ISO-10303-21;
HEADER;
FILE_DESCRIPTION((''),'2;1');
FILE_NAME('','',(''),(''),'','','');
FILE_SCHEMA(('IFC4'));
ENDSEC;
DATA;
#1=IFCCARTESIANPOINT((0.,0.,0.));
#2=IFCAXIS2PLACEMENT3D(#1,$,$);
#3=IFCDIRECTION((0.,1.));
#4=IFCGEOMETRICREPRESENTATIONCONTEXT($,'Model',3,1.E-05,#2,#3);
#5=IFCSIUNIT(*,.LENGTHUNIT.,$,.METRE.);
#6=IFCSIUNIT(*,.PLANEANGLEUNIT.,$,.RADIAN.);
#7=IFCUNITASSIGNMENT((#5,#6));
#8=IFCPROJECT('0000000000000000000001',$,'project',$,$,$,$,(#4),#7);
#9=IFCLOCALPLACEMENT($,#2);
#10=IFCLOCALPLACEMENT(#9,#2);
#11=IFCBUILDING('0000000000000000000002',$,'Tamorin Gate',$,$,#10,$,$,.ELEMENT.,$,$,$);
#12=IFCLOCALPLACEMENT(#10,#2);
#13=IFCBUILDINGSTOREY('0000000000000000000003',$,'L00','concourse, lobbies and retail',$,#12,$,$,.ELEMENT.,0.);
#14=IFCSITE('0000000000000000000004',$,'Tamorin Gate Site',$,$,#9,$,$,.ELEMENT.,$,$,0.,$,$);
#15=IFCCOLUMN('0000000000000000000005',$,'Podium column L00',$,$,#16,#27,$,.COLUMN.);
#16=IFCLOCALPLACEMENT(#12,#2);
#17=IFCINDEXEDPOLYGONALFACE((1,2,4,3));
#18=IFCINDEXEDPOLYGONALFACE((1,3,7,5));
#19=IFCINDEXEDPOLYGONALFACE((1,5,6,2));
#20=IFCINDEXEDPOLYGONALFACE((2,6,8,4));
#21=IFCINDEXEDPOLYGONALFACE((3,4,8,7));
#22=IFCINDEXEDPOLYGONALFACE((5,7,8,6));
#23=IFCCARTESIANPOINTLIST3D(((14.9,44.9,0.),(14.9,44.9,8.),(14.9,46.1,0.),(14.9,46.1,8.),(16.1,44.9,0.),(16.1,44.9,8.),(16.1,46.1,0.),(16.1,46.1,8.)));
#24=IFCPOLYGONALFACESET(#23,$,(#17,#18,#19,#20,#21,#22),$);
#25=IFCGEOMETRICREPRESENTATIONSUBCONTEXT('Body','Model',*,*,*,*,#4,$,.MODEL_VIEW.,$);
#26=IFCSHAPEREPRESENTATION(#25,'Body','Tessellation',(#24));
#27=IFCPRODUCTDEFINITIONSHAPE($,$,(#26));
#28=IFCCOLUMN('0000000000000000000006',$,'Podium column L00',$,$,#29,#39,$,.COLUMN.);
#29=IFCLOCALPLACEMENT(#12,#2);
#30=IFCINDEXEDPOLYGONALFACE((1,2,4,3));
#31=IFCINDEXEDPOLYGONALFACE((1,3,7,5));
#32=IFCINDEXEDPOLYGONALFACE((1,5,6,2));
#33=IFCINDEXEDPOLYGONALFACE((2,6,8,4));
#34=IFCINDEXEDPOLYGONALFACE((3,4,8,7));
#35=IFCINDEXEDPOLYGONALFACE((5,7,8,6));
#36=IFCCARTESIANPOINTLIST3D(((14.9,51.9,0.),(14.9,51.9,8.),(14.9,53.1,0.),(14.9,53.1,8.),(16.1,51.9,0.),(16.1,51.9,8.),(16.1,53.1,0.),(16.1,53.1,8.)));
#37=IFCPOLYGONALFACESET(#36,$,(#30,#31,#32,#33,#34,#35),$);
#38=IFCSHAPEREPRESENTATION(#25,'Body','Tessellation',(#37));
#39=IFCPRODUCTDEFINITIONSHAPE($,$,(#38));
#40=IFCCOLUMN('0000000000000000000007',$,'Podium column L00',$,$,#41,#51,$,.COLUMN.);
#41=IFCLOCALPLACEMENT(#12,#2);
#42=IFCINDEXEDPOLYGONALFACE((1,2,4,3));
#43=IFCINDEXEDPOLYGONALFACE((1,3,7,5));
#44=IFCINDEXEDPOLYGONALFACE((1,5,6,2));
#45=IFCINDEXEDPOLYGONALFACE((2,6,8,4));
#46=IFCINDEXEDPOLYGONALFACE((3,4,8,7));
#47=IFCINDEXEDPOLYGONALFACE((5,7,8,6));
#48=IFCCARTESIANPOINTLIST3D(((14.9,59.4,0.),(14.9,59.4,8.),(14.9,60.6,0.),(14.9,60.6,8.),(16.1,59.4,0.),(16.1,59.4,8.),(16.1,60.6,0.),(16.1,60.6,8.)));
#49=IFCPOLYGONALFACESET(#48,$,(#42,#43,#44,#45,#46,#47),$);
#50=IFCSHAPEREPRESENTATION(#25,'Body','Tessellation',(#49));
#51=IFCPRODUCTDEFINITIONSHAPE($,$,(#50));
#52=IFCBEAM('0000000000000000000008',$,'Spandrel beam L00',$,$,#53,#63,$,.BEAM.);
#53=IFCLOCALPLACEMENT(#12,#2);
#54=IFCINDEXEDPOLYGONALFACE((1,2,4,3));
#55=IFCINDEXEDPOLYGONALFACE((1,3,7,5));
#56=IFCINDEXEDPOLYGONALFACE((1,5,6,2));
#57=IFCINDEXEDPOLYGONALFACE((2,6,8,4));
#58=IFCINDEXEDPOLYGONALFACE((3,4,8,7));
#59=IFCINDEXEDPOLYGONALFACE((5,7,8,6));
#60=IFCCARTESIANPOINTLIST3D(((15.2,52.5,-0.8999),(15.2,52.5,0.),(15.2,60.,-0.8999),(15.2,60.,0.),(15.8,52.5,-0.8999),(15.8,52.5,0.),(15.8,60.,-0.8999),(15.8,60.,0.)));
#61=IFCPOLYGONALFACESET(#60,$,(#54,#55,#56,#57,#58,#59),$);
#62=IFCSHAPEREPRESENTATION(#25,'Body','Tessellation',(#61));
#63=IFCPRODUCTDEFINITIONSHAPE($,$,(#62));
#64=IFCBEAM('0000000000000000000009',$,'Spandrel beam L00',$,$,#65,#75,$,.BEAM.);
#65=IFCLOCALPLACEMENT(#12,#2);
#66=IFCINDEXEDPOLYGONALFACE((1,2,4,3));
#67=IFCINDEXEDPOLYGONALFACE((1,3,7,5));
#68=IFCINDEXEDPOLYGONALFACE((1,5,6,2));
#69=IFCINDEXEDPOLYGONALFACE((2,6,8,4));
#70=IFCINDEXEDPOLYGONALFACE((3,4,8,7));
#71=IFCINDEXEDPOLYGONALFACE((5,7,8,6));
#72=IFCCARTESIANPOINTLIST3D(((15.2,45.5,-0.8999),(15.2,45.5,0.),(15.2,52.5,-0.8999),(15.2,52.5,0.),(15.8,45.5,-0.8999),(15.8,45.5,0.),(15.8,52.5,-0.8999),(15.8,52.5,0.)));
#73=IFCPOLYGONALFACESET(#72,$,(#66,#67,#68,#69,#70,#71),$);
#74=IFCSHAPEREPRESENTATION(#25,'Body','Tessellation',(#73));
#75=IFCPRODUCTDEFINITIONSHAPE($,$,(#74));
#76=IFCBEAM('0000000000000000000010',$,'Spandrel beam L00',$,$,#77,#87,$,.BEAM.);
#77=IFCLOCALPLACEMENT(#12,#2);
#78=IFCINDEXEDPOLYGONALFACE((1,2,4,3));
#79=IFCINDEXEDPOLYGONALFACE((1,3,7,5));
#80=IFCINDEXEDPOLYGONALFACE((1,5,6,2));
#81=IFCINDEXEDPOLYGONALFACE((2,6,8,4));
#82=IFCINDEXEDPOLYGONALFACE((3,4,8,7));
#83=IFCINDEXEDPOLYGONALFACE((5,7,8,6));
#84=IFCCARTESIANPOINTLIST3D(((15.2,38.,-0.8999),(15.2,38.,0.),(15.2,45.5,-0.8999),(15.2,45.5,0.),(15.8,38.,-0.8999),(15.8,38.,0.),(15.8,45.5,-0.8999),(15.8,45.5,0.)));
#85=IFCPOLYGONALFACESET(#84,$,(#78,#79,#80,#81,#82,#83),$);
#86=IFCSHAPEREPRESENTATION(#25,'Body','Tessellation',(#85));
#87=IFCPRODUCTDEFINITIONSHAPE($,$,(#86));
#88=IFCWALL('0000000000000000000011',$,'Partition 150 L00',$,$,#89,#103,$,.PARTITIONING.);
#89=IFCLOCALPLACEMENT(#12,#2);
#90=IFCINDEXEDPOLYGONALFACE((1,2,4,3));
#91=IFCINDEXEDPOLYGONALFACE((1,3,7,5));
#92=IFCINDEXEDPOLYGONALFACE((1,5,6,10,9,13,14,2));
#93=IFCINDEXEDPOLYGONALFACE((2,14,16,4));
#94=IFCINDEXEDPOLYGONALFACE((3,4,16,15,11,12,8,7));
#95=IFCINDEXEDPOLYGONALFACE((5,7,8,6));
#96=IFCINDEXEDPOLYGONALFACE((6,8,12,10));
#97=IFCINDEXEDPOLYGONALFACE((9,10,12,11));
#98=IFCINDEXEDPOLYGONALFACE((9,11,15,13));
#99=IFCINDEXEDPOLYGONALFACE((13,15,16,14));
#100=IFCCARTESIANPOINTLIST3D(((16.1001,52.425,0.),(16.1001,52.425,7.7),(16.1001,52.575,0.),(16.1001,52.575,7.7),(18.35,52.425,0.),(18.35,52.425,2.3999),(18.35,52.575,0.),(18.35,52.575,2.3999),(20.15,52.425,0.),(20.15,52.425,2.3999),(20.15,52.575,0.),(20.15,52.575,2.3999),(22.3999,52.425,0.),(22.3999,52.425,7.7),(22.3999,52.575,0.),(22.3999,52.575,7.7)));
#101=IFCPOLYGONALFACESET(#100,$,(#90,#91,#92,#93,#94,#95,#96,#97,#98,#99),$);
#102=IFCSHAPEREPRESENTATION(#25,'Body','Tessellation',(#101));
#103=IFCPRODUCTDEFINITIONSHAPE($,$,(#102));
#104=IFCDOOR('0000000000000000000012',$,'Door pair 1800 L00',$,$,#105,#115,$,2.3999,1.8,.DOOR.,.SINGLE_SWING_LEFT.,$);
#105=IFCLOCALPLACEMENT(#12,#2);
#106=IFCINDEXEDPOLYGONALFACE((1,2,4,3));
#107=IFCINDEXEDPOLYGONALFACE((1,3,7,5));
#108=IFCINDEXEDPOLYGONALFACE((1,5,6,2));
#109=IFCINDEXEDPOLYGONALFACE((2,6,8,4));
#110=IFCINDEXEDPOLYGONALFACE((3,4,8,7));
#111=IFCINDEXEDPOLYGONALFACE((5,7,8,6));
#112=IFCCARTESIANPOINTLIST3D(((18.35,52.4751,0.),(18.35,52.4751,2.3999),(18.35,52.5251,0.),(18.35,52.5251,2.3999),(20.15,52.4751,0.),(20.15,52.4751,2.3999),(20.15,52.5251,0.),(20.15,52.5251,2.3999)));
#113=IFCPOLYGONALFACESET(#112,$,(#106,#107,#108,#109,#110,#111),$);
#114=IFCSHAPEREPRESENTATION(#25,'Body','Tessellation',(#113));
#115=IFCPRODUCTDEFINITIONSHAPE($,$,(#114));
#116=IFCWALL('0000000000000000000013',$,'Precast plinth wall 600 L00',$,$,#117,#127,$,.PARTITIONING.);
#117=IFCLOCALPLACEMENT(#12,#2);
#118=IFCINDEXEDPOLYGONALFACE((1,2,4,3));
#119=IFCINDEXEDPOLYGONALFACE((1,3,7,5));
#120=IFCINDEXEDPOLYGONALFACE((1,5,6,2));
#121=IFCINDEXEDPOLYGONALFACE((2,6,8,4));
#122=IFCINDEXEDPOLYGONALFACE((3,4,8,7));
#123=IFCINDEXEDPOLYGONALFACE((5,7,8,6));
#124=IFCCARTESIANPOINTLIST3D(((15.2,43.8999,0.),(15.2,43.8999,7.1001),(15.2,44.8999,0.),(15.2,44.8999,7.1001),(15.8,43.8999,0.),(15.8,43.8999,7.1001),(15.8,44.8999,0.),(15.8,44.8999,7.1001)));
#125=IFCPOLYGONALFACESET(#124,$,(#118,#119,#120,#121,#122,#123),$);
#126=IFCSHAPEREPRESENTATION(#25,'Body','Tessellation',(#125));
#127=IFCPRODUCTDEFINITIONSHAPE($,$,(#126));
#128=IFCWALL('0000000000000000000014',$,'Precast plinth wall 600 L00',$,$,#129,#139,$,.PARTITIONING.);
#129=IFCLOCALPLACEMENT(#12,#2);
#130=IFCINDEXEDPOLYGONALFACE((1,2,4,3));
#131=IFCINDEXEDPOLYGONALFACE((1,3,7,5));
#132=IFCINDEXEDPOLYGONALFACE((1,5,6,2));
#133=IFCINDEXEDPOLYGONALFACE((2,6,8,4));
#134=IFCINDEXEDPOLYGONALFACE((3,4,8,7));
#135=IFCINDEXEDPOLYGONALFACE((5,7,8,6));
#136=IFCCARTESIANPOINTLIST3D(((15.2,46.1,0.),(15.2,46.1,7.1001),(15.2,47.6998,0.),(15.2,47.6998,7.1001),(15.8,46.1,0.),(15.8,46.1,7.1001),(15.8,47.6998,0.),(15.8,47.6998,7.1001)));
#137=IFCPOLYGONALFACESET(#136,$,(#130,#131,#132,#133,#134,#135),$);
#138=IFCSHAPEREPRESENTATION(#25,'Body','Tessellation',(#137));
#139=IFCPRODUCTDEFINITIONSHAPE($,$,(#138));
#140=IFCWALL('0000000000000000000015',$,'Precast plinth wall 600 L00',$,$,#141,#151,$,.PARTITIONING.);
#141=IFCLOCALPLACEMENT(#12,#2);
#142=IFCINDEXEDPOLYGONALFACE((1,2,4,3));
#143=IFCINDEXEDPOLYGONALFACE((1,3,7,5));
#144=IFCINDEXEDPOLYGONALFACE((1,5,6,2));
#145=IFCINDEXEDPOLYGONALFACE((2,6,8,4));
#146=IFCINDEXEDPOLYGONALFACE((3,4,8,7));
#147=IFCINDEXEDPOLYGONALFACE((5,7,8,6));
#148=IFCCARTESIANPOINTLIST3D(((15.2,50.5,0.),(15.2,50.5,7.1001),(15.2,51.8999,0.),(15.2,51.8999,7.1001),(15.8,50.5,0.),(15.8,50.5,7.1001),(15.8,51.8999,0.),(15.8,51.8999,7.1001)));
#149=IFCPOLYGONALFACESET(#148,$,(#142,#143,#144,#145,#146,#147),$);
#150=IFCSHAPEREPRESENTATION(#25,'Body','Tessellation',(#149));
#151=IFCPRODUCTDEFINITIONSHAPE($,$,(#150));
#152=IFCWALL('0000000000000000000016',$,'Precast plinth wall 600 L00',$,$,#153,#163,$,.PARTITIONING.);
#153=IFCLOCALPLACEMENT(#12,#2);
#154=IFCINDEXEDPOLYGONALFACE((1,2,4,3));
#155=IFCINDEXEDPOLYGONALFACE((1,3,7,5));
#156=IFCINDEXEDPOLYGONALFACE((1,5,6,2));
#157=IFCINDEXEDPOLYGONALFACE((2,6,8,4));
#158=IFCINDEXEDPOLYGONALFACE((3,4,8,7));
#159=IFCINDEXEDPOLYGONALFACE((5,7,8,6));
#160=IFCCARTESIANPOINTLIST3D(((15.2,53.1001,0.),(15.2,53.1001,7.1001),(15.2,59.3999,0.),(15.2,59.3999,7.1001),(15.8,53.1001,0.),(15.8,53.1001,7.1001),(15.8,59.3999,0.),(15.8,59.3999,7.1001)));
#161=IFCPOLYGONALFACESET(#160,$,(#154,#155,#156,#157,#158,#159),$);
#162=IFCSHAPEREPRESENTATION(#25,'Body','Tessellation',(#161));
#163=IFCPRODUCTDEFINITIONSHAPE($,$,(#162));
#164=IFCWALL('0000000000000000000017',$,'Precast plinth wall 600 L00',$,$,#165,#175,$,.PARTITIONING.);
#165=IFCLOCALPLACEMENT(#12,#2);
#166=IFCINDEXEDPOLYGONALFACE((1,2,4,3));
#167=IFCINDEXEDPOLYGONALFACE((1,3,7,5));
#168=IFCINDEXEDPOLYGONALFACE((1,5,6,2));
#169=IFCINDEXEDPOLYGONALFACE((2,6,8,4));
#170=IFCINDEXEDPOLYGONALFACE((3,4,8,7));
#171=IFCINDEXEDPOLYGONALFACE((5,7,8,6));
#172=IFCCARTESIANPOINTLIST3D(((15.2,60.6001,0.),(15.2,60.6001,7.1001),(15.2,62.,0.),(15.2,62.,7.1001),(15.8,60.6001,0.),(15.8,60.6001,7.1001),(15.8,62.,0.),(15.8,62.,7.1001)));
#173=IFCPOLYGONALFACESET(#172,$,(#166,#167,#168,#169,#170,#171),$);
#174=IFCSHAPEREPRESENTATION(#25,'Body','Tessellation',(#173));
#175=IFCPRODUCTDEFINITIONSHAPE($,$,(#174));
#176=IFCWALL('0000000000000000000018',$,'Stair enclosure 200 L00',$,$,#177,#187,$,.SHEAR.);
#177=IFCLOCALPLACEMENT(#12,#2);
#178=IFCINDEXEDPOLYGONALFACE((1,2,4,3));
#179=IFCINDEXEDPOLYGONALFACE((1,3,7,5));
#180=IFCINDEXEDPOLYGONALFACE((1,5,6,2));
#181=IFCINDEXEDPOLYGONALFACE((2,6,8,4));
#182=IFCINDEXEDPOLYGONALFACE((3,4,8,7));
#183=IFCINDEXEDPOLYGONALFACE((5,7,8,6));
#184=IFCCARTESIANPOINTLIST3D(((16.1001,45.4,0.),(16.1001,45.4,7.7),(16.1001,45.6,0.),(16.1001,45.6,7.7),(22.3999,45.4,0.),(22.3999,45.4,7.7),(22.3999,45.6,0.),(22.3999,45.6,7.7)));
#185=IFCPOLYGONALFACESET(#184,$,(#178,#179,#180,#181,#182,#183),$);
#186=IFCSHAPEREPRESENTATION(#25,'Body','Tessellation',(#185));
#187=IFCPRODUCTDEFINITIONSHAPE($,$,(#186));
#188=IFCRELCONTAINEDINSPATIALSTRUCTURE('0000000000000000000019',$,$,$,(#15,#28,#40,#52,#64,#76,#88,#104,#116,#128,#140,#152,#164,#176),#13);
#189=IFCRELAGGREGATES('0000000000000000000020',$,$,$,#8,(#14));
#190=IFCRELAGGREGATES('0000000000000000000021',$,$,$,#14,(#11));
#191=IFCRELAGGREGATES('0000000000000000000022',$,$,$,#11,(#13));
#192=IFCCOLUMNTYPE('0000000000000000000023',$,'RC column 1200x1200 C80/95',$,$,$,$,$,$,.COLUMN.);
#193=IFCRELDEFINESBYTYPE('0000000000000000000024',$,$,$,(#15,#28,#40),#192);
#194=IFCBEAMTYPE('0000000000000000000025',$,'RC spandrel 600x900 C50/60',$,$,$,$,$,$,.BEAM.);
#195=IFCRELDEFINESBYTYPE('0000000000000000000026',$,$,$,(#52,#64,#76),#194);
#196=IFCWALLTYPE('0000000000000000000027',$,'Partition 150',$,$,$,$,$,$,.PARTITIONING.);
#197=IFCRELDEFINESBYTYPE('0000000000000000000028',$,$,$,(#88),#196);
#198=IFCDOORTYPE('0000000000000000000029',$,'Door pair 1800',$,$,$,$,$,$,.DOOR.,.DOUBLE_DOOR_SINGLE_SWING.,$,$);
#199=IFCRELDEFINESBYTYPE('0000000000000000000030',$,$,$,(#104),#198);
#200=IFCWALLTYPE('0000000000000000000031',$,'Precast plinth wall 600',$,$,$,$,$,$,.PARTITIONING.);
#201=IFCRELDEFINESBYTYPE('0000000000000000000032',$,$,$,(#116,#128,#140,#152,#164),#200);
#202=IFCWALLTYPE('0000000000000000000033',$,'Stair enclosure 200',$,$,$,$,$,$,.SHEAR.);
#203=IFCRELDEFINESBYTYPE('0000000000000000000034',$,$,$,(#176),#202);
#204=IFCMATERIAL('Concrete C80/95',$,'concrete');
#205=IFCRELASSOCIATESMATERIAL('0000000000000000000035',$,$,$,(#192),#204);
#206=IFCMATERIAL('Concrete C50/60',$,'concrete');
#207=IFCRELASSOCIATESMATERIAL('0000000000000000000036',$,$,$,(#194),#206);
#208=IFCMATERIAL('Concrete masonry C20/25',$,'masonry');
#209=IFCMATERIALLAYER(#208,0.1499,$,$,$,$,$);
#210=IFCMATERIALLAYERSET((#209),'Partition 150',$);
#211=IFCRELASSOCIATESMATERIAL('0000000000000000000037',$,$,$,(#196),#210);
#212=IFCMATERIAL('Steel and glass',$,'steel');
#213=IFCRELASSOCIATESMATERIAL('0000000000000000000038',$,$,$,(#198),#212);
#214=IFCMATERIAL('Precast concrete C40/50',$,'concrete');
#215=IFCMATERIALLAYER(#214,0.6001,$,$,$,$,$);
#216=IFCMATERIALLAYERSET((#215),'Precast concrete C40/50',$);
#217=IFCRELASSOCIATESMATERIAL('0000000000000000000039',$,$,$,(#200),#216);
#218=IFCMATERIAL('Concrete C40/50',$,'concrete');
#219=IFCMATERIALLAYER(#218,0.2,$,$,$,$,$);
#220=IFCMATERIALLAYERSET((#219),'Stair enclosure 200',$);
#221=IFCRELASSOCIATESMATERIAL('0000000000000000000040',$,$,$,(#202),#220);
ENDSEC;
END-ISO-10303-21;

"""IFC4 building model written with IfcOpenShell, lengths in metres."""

from ifc_helpers import new_model, si_unit, direction, frame, frame_2d, origin, origin_2d, place, context, subcontext, project, spatial, rectangle, extrude, material, layer, layer_set, material_profile, profile_set, type_object, element, fill, save


model = new_model("IFC4")

# Units and contexts
model_context = context("Model", 3, precision=1e-05, world=origin(), true_north=direction((0.0, 1.0)))
body_context = subcontext(model_context, "Body", "Model", "MODEL_VIEW")
ifc_project = project(units=[si_unit("LENGTHUNIT", "METRE"), si_unit("PLANEANGLEUNIT", "RADIAN")], contexts=[model_context])

# Site, building, storey
site_placement = place(None, origin())
site = spatial("IfcSite", under=ifc_project, at=site_placement, Name="Tamorin Gate Site", CompositionType="ELEMENT", RefElevation=0.0)
building_placement = place(site_placement, origin())
building = spatial("IfcBuilding", under=site, at=building_placement, Name="Tamorin Gate", CompositionType="ELEMENT")
storey_placement = place(building_placement, origin())
storey = spatial("IfcBuildingStorey", under=building, at=storey_placement, Name="L00", Description="concourse, lobbies and retail", CompositionType="ELEMENT", Elevation=0.0)

# Columns
ifc_material_1 = material(Name="Concrete C80/95", Category="concrete")
ifc_material_profile_1 = material_profile(ifc_material_1, rectangle(XDim=1.2, YDim=1.2, at=origin_2d()), Name="RC 1200x1200")
ifc_profile_set_1 = profile_set([ifc_material_profile_1], Name="Concrete C80/95")
column_type = type_object("IfcColumnType", Name="RC column 1200x1200 C80/95", PredefinedType="COLUMN", material=ifc_profile_set_1)
for number, where, z_axis, x_axis, name in (
    (1, (15.5, 45.5, 0.0), (0.0, 0.0, 1.0), (1.0, 0.0, 0.0), "Podium column L00"),
    (2, (15.5, 52.5, 0.0), (0.0, 0.0, 1.0), (1.0, 0.0, 0.0), "Podium column L00"),
    (3, (15.5, 60.0, 0.0), (0.0, 0.0, 1.0), (1.0, 0.0, 0.0), "Podium column L00"),
):
    element("IfcColumn", number, at=place(storey_placement, frame(where, z_axis=z_axis, x_axis=x_axis)), inside=storey, type_object=column_type, Name=name, PredefinedType="COLUMN", context=body_context, shape_type="SweptSolid", body=[
        extrude(rectangle(XDim=1.2, YDim=1.2, at=origin_2d()), origin(), (0.0, 0.0, 1.0), 8.0),
    ])

# Beams
ifc_material_2 = material(Name="Concrete C50/60", Category="concrete")
ifc_material_profile_2 = material_profile(ifc_material_2, rectangle(XDim=0.6001, YDim=0.8999, at=origin_2d()), Name="RC 600x900")
ifc_profile_set_2 = profile_set([ifc_material_profile_2], Name="Concrete C50/60")
beam_type = type_object("IfcBeamType", Name="RC spandrel 600x900 C50/60", PredefinedType="BEAM", material=ifc_profile_set_2)
beam_1_placement = place(storey_placement, frame((15.5, 60.0, -0.45), z_axis=(0.0, -1.0, 0.0), x_axis=(1.0, 0.0, 0.0)))
element("IfcBeam", 4, at=beam_1_placement, inside=storey, type_object=beam_type, Name="Spandrel beam L00", PredefinedType="BEAM", context=body_context, shape_type="SweptSolid", body=[
    extrude(rectangle(XDim=0.6001, YDim=0.8999, at=origin_2d()), origin(), (0.0, 0.0, 1.0), 7.5),
])
beam_2_placement = place(storey_placement, frame((15.5, 52.5, -0.45), z_axis=(0.0, -1.0, 0.0), x_axis=(1.0, 0.0, 0.0)))
element("IfcBeam", 5, at=beam_2_placement, inside=storey, type_object=beam_type, Name="Spandrel beam L00", PredefinedType="BEAM", context=body_context, shape_type="SweptSolid", body=[
    extrude(rectangle(XDim=0.6001, YDim=0.8999, at=origin_2d()), origin(), (0.0, 0.0, 1.0), 7.0),
])
beam_3_placement = place(storey_placement, frame((15.5, 45.5, -0.45), z_axis=(0.0, -1.0, 0.0), x_axis=(1.0, 0.0, 0.0)))
element("IfcBeam", 6, at=beam_3_placement, inside=storey, type_object=beam_type, Name="Spandrel beam L00", PredefinedType="BEAM", context=body_context, shape_type="SweptSolid", body=[
    extrude(rectangle(XDim=0.6001, YDim=0.8999, at=origin_2d()), origin(), (0.0, 0.0, 1.0), 7.5),
])

# Wall, opening, door
ifc_material_3 = material(Name="Concrete masonry C20/25", Category="masonry")
ifc_layer_1 = layer(ifc_material_3, 0.1499)
ifc_layer_set_1 = layer_set([ifc_layer_1], Name="Partition 150")
wall_type_1 = type_object("IfcWallType", Name="Partition 150", PredefinedType="PARTITIONING", material=ifc_layer_set_1)
wall_1_placement = place(storey_placement, frame((22.3999, 52.5, 0.0), z_axis=(0.0, 0.0, 1.0), x_axis=(-1.0, 0.0, 0.0)))
wall_1 = element("IfcWall", 7, at=wall_1_placement, inside=storey, type_object=wall_type_1, Name="Partition 150 L00", PredefinedType="PARTITIONING", context=body_context, shape_type="SweptSolid", body=[
    extrude(rectangle(XDim=6.2998, YDim=0.1499, at=frame_2d((3.1499, 0.0))), origin(), (0.0, 0.0, 1.0), 7.7),
])
opening_1_placement = place(wall_1_placement, frame((2.25, 0.0, 0.0)))
opening_1 = element("IfcOpeningElement", 8, at=opening_1_placement, cuts=wall_1, PredefinedType="OPENING", context=body_context, shape_type="SweptSolid", body=[
    extrude(rectangle(XDim=1.8, YDim=2.3999, at=frame_2d((0.8999, 1.2))), frame((0.0, 0.085, 0.0), z_axis=(0.0, -1.0, 0.0), x_axis=(1.0, 0.0, 0.0)), (0.0, 0.0, 1.0), 0.1699),
])
ifc_material_4 = material(Name="Steel and glass", Category="steel")
door_type_1 = type_object("IfcDoorType", Name="Door pair 1800", OperationType="DOUBLE_DOOR_SINGLE_SWING", PredefinedType="DOOR", material=ifc_material_4)
door_1_placement = place(opening_1_placement, origin())
door_1 = element("IfcDoor", 9, at=door_1_placement, inside=storey, type_object=door_type_1, Name="Door pair 1800 L00", OperationType="SINGLE_SWING_LEFT", OverallHeight=2.3999, OverallWidth=1.8, PredefinedType="DOOR", context=body_context, shape_type="SweptSolid", body=[
    extrude(rectangle(XDim=1.8, YDim=2.3999, at=frame_2d((0.8999, 1.2))), frame((0.0, 0.0249, 0.0), z_axis=(0.0, -1.0, 0.0), x_axis=(1.0, 0.0, 0.0)), (0.0, 0.0, 1.0), 0.05),
])
fill(opening_1, door_1)
ifc_material_5 = material(Name="Precast concrete C40/50", Category="concrete")
ifc_layer_2 = layer(ifc_material_5, 0.6001)
ifc_layer_set_2 = layer_set([ifc_layer_2], Name="Precast concrete C40/50")
wall_type_2 = type_object("IfcWallType", Name="Precast plinth wall 600", PredefinedType="PARTITIONING", material=ifc_layer_set_2)

# Wall
wall_2_placement = place(storey_placement, frame((15.5, 43.8999, 0.0), z_axis=(0.0, 0.0, 1.0), x_axis=(0.0, 1.0, 0.0)))
element("IfcWall", 10, at=wall_2_placement, inside=storey, type_object=wall_type_2, Name="Precast plinth wall 600 L00", PredefinedType="PARTITIONING", context=body_context, shape_type="SweptSolid", body=[
    extrude(rectangle(XDim=1.0, YDim=0.6001, at=frame_2d((0.5, 0.0))), origin(), (0.0, 0.0, 1.0), 7.1001),
])

# Walls
wall_3_placement = place(storey_placement, frame((15.5, 46.1001, 0.0), z_axis=(0.0, 0.0, 1.0), x_axis=(0.0, 1.0, 0.0)))
element("IfcWall", 11, at=wall_3_placement, inside=storey, type_object=wall_type_2, Name="Precast plinth wall 600 L00", PredefinedType="PARTITIONING", context=body_context, shape_type="SweptSolid", body=[
    extrude(rectangle(XDim=1.5999, YDim=0.6001, at=frame_2d((0.7998, 0.0))), origin(), (0.0, 0.0, 1.0), 7.1001),
])
wall_4_placement = place(storey_placement, frame((15.5, 50.5, 0.0), z_axis=(0.0, 0.0, 1.0), x_axis=(0.0, 1.0, 0.0)))
element("IfcWall", 12, at=wall_4_placement, inside=storey, type_object=wall_type_2, Name="Precast plinth wall 600 L00", PredefinedType="PARTITIONING", context=body_context, shape_type="SweptSolid", body=[
    extrude(rectangle(XDim=1.3999, YDim=0.6001, at=frame_2d((0.7, 0.0))), origin(), (0.0, 0.0, 1.0), 7.1001),
])
wall_5_placement = place(storey_placement, frame((15.5, 53.1001, 0.0), z_axis=(0.0, 0.0, 1.0), x_axis=(0.0, 1.0, 0.0)))
element("IfcWall", 13, at=wall_5_placement, inside=storey, type_object=wall_type_2, Name="Precast plinth wall 600 L00", PredefinedType="PARTITIONING", context=body_context, shape_type="SweptSolid", body=[
    extrude(rectangle(XDim=6.2998, YDim=0.6001, at=frame_2d((3.1499, 0.0))), origin(), (0.0, 0.0, 1.0), 7.1001),
])
wall_6_placement = place(storey_placement, frame((15.5, 60.6001, 0.0), z_axis=(0.0, 0.0, 1.0), x_axis=(0.0, 1.0, 0.0)))
element("IfcWall", 14, at=wall_6_placement, inside=storey, type_object=wall_type_2, Name="Precast plinth wall 600 L00", PredefinedType="PARTITIONING", context=body_context, shape_type="SweptSolid", body=[
    extrude(rectangle(XDim=1.3999, YDim=0.6001, at=frame_2d((0.7, 0.0))), origin(), (0.0, 0.0, 1.0), 7.1001),
])

# Wall
ifc_material_6 = material(Name="Concrete C40/50", Category="concrete")
ifc_layer_3 = layer(ifc_material_6, 0.2)
ifc_layer_set_3 = layer_set([ifc_layer_3], Name="Stair enclosure 200")
wall_type_3 = type_object("IfcWallType", Name="Stair enclosure 200", PredefinedType="SHEAR", material=ifc_layer_set_3)
wall_7_placement = place(storey_placement, frame((16.1001, 45.5, 0.0), z_axis=(0.0, 0.0, 1.0), x_axis=(1.0, 0.0, 0.0)))
element("IfcWall", 15, at=wall_7_placement, inside=storey, type_object=wall_type_3, Name="Stair enclosure 200 L00", PredefinedType="SHEAR", context=body_context, shape_type="SweptSolid", body=[
    extrude(rectangle(XDim=6.2998, YDim=0.2, at=frame_2d((3.1499, 0.0))), origin(), (0.0, 0.0, 1.0), 7.7),
])

save(model, "model.ifc")
